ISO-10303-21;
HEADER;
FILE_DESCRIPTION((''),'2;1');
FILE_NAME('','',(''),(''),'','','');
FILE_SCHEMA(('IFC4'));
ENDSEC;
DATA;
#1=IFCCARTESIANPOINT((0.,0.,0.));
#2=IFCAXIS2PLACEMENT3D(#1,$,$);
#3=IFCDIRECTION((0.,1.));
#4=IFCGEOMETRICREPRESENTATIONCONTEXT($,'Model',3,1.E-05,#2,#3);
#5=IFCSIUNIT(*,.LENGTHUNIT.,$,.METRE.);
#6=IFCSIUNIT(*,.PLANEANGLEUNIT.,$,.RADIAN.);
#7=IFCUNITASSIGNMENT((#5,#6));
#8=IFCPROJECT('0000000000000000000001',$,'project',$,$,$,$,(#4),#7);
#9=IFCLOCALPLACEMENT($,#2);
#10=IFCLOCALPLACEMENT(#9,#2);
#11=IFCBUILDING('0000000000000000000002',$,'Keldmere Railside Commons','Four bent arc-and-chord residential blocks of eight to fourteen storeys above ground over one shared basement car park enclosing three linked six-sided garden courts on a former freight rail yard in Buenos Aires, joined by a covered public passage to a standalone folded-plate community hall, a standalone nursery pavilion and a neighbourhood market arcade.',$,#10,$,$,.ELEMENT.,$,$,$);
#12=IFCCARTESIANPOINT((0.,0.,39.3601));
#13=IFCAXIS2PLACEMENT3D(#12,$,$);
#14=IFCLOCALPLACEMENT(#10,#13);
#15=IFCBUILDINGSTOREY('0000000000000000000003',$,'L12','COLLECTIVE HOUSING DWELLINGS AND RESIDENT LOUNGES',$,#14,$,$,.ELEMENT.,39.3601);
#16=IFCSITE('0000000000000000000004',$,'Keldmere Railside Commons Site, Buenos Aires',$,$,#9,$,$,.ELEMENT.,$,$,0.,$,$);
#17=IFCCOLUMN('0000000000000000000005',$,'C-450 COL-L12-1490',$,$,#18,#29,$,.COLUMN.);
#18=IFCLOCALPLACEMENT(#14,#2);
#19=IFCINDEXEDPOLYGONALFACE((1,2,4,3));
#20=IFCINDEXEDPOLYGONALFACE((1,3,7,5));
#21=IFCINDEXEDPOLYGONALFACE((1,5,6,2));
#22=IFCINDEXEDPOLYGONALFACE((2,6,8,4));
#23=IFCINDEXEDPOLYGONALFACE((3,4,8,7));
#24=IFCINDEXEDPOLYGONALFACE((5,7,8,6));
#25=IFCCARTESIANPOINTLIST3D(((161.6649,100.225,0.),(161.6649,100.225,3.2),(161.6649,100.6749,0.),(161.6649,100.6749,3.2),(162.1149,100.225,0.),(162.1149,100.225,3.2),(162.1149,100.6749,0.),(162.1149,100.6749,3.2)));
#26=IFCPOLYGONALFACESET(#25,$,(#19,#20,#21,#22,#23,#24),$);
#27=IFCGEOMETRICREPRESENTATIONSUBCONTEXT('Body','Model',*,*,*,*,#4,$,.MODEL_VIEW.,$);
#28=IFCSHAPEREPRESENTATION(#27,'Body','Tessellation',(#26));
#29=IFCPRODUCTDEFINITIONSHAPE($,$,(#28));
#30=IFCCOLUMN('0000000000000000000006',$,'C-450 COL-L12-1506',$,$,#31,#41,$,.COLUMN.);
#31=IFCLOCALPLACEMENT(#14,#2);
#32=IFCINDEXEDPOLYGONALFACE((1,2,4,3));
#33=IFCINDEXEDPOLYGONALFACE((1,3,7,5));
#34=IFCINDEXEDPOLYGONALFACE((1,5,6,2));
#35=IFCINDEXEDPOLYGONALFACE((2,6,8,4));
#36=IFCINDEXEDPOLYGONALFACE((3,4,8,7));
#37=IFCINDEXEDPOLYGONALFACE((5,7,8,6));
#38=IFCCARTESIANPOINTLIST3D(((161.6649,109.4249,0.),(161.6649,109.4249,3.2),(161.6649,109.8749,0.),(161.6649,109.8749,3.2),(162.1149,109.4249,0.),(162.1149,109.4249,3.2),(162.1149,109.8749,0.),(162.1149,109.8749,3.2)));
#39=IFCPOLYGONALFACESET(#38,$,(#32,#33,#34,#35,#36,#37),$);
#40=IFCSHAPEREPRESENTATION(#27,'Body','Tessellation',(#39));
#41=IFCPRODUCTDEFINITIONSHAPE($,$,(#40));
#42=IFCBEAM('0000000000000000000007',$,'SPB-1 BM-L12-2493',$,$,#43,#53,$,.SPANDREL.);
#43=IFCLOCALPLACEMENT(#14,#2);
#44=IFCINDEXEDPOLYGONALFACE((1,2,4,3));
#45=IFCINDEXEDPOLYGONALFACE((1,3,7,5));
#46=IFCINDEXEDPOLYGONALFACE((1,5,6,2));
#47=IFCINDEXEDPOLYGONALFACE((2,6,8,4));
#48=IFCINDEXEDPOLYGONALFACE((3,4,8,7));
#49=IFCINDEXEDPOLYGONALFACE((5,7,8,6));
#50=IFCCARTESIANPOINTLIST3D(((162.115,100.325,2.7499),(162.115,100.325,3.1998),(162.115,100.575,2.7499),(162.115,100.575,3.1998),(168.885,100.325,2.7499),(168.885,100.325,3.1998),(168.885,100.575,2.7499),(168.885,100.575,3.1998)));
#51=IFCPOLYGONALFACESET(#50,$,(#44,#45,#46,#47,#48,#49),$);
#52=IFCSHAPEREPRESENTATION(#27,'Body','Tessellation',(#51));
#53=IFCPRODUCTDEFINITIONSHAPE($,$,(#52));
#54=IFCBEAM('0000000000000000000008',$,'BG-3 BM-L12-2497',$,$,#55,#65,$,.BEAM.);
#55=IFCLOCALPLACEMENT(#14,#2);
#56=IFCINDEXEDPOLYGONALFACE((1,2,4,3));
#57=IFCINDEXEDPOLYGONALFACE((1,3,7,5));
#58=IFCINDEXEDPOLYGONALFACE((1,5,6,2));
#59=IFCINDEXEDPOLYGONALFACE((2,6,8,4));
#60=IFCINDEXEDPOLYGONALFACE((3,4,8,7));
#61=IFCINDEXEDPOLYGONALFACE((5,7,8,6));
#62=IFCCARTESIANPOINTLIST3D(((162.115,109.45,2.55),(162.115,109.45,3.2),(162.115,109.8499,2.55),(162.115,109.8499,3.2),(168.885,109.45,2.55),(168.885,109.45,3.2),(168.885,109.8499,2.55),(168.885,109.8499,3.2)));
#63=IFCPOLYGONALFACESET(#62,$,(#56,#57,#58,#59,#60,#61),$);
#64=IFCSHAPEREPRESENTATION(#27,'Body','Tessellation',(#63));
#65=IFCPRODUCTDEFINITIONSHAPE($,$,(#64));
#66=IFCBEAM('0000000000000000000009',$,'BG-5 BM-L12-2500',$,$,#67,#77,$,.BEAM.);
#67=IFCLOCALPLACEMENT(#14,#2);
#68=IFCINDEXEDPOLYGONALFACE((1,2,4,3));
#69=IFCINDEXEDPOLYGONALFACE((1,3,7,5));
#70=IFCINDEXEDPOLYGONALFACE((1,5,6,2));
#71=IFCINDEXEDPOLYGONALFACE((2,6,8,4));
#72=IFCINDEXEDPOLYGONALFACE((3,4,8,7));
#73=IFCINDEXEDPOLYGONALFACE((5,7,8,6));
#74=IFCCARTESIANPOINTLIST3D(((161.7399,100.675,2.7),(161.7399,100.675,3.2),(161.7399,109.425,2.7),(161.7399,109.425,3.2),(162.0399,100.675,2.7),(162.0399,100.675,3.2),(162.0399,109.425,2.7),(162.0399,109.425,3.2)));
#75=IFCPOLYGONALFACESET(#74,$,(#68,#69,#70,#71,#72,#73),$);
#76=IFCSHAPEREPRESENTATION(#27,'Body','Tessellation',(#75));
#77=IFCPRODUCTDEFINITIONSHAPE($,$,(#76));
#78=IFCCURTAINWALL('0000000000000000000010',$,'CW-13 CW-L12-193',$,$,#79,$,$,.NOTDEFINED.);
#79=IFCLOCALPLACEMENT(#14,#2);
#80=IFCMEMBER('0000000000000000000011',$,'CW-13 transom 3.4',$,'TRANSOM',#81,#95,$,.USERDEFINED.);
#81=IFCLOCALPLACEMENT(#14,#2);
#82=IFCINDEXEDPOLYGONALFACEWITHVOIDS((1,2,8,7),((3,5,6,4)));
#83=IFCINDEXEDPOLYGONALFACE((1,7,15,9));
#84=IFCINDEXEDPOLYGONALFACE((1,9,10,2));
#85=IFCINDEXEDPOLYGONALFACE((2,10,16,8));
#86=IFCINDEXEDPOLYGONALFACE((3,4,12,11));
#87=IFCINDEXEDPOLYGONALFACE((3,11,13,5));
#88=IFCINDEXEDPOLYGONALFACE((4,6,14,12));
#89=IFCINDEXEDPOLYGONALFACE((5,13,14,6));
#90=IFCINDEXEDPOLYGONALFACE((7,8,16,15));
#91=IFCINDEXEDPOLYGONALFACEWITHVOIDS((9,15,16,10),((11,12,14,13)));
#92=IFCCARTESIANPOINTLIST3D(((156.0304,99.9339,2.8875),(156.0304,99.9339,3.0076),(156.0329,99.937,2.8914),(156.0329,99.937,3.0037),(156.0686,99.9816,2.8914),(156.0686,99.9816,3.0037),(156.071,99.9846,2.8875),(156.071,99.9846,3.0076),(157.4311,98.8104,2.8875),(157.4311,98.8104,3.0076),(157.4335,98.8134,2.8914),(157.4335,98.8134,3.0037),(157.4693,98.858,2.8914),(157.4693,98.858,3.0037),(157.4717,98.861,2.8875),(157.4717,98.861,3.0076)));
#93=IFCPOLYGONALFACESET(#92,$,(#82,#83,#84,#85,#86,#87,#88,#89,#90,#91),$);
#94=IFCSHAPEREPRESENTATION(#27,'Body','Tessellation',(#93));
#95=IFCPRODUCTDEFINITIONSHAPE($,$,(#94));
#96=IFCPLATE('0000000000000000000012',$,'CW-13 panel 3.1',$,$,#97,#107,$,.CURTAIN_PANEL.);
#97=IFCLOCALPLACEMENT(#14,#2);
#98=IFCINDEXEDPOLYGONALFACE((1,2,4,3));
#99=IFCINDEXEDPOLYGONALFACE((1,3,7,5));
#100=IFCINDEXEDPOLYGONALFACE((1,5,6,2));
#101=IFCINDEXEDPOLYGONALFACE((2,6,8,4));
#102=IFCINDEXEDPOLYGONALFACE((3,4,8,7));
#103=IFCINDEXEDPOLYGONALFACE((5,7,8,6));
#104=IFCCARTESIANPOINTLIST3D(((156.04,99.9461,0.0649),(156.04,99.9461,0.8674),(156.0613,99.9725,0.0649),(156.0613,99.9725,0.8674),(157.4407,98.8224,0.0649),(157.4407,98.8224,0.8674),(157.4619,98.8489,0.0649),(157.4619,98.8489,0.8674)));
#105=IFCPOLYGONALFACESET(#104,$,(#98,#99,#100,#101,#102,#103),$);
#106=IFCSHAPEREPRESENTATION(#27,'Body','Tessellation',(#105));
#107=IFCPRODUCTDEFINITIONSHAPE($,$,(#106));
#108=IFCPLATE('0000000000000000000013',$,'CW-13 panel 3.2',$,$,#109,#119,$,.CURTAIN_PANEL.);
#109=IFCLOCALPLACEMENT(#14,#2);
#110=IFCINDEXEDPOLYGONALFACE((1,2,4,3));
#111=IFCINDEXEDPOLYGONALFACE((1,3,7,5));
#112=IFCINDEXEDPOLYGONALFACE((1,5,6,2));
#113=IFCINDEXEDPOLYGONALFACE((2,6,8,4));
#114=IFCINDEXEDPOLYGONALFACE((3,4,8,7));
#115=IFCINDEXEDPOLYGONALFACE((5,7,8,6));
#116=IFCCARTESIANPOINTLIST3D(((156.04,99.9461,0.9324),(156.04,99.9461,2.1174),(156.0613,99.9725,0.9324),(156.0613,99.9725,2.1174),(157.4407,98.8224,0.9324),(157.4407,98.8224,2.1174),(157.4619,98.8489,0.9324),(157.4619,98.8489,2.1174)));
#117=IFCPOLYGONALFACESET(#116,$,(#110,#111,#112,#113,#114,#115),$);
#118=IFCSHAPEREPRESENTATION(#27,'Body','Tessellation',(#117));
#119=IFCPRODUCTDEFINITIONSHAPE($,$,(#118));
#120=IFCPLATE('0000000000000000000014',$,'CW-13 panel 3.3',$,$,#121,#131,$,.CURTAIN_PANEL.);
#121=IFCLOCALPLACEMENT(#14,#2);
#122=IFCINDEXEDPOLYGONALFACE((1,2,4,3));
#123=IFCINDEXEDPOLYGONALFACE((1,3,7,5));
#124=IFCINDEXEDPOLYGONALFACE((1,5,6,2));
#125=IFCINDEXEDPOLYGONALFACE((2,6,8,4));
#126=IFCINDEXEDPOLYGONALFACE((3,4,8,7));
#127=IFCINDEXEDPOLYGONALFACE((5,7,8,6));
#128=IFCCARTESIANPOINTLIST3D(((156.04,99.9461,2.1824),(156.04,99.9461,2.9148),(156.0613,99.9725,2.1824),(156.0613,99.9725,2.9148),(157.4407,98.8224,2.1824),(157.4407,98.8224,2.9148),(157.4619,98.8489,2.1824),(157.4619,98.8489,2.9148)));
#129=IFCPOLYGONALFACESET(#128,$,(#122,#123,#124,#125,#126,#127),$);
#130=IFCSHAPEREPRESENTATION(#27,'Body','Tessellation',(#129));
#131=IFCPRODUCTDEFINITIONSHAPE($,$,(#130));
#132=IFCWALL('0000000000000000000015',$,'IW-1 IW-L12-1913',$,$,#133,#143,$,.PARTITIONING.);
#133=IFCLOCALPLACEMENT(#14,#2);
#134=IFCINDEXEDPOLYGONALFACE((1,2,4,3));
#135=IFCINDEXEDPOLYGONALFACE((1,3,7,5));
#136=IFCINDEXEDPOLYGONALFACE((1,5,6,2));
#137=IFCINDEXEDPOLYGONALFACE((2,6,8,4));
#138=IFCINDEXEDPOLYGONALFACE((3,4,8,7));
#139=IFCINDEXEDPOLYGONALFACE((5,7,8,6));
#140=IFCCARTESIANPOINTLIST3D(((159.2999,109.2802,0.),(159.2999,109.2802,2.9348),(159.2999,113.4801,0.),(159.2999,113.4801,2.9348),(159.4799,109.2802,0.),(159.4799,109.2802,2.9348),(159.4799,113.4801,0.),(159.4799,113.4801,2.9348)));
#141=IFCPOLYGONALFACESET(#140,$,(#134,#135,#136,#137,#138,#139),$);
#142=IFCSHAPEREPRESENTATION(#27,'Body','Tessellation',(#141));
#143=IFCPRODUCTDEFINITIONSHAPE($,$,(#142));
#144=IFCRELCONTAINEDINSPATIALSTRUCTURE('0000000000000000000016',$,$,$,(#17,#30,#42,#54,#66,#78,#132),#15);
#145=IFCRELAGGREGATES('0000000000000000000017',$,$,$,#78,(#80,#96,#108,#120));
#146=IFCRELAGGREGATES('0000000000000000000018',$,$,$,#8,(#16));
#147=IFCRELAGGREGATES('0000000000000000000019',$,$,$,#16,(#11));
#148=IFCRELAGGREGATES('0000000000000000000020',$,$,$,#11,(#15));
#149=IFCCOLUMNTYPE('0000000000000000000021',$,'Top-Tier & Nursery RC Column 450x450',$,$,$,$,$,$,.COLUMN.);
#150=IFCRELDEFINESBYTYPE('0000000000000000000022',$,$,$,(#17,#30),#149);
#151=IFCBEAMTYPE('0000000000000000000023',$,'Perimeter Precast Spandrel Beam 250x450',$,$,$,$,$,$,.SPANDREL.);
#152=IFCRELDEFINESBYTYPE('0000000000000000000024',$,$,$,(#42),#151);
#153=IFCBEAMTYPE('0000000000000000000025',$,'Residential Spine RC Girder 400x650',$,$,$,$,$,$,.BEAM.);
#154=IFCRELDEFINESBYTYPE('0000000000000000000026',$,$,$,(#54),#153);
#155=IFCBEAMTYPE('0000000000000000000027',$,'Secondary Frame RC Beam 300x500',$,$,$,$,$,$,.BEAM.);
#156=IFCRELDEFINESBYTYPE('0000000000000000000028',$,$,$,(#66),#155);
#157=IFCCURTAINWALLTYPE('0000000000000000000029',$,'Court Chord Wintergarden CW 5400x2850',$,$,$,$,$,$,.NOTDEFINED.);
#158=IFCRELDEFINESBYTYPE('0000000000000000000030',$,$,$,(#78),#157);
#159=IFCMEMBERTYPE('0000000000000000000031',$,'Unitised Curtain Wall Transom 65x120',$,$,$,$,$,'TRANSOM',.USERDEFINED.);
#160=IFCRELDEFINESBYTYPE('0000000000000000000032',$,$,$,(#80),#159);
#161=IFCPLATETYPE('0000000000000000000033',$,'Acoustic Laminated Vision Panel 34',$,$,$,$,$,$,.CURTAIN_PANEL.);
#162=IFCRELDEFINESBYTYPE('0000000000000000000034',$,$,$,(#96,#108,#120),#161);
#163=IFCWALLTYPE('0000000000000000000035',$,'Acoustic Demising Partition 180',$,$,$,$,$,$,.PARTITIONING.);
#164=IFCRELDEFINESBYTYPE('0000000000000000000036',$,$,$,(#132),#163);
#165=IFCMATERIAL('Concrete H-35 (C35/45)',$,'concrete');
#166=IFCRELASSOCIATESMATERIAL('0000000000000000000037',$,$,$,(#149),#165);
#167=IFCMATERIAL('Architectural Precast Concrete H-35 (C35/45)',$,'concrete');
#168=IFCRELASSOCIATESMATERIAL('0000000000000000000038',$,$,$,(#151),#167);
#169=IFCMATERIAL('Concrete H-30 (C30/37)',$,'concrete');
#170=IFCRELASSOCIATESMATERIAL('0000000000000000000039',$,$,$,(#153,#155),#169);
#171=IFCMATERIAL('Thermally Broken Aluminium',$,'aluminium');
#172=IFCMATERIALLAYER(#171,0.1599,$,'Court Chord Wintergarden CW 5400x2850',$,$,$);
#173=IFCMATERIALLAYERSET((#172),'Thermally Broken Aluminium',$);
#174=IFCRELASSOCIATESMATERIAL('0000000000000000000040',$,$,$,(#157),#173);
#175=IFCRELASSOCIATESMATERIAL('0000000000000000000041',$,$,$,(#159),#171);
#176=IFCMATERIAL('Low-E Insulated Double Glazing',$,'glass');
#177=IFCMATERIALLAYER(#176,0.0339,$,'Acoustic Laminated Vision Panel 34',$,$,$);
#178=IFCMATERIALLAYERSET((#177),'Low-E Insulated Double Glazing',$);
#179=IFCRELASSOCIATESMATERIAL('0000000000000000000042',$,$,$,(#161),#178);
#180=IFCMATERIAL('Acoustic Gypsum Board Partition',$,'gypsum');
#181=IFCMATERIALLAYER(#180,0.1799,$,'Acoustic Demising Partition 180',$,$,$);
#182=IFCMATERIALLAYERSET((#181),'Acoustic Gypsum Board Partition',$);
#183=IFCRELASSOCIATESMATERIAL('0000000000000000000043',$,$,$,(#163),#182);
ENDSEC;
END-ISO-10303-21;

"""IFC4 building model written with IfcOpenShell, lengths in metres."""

from ifc_helpers import new_model, si_unit, direction, frame, frame_2d, origin, origin_2d, place, context, subcontext, project, spatial, rectangle, hollow_rectangle, extrude, material, layer, layer_set, material_profile, profile_set, type_object, element, aggregate, save


model = new_model("IFC4")

# Units and contexts
model_context = context("Model", 3, precision=1e-05, world=origin(), true_north=direction((0.0, 1.0)))
body_context = subcontext(model_context, "Body", "Model", "MODEL_VIEW")
ifc_project = project(units=[si_unit("LENGTHUNIT", "METRE"), si_unit("PLANEANGLEUNIT", "RADIAN")], contexts=[model_context])

# Site, building, storey
site_placement = place(None, origin())
site = spatial("IfcSite", under=ifc_project, at=site_placement, Name="Keldmere Railside Commons Site, Buenos Aires", CompositionType="ELEMENT", RefElevation=0.0)
building_placement = place(site_placement, origin())
building = spatial("IfcBuilding", under=site, at=building_placement, Name="Keldmere Railside Commons", Description="Four bent arc-and-chord residential blocks of eight to fourteen storeys above ground over one shared basement car park enclosing three linked six-sided garden courts on a former freight rail yard in Buenos Aires, joined by a covered public passage to a standalone folded-plate community hall, a standalone nursery pavilion and a neighbourhood market arcade.", CompositionType="ELEMENT")
storey_placement = place(building_placement, frame((0.0, 0.0, 39.3601)))
storey = spatial("IfcBuildingStorey", under=building, at=storey_placement, Name="L12", Description="COLLECTIVE HOUSING DWELLINGS AND RESIDENT LOUNGES", CompositionType="ELEMENT", Elevation=39.3601)

# Columns
ifc_material_1 = material(Name="Concrete H-35 (C35/45)", Category="concrete")
ifc_material_profile_1 = material_profile(ifc_material_1, rectangle(XDim=0.45, YDim=0.45, at=origin_2d()), Name="RC-450x450")
ifc_profile_set_1 = profile_set([ifc_material_profile_1], Name="Concrete H-35 (C35/45)")
column_type = type_object("IfcColumnType", Name="Top-Tier & Nursery RC Column 450x450", PredefinedType="COLUMN", material=ifc_profile_set_1)
for number, where, z_axis, x_axis, name in (
    (1, (161.8899, 100.45, 0.0), (0.0, 0.0, 1.0), (1.0, 0.0, 0.0), "C-450 COL-L12-1490"),
    (2, (161.8899, 109.6499, 0.0), (0.0, 0.0, 1.0), (1.0, 0.0, 0.0), "C-450 COL-L12-1506"),
):
    element("IfcColumn", number, at=place(storey_placement, frame(where, z_axis=z_axis, x_axis=x_axis)), inside=storey, type_object=column_type, Name=name, PredefinedType="COLUMN", context=body_context, shape_type="SweptSolid", body=[
        extrude(rectangle(XDim=0.45, YDim=0.45, at=origin_2d()), origin(), (0.0, 0.0, 1.0), 3.2),
    ])

# Beams
ifc_material_2 = material(Name="Architectural Precast Concrete H-35 (C35/45)", Category="concrete")
ifc_material_profile_2 = material_profile(ifc_material_2, rectangle(XDim=0.25, YDim=0.45, at=origin_2d()), Name="RC-250x450")
ifc_profile_set_2 = profile_set([ifc_material_profile_2], Name="Architectural Precast Concrete H-35 (C35/45)")
beam_type_1 = type_object("IfcBeamType", Name="Perimeter Precast Spandrel Beam 250x450", PredefinedType="SPANDREL", material=ifc_profile_set_2)
beam_1_placement = place(storey_placement, frame((162.115, 100.45, 2.9749), z_axis=(1.0, 0.0, 0.0), x_axis=(0.0, 1.0, 0.0)))
element("IfcBeam", 3, at=beam_1_placement, inside=storey, type_object=beam_type_1, Name="SPB-1 BM-L12-2493", PredefinedType="SPANDREL", context=body_context, shape_type="SweptSolid", body=[
    extrude(rectangle(XDim=0.25, YDim=0.45, at=origin_2d()), origin(), (0.0, 0.0, 1.0), 6.77),
])
ifc_material_3 = material(Name="Concrete H-30 (C30/37)", Category="concrete")
ifc_material_profile_3 = material_profile(ifc_material_3, rectangle(XDim=0.3999, YDim=0.6499, at=origin_2d()), Name="RC-400x650")
ifc_profile_set_3 = profile_set([ifc_material_profile_3], Name="Concrete H-30 (C30/37)")
beam_type_2 = type_object("IfcBeamType", Name="Residential Spine RC Girder 400x650", PredefinedType="BEAM", material=ifc_profile_set_3)
beam_2_placement = place(storey_placement, frame((162.115, 109.6499, 2.875), z_axis=(1.0, 0.0, 0.0), x_axis=(0.0, 1.0, 0.0)))
element("IfcBeam", 4, at=beam_2_placement, inside=storey, type_object=beam_type_2, Name="BG-3 BM-L12-2497", PredefinedType="BEAM", context=body_context, shape_type="SweptSolid", body=[
    extrude(rectangle(XDim=0.3999, YDim=0.6499, at=origin_2d()), origin(), (0.0, 0.0, 1.0), 6.77),
])
ifc_material_profile_4 = material_profile(ifc_material_3, rectangle(XDim=0.3, YDim=0.5, at=origin_2d()), Name="RC-300x500")
ifc_profile_set_4 = profile_set([ifc_material_profile_4], Name="Concrete H-30 (C30/37)")
beam_type_3 = type_object("IfcBeamType", Name="Secondary Frame RC Beam 300x500", PredefinedType="BEAM", material=ifc_profile_set_4)
beam_3_placement = place(storey_placement, frame((161.8899, 100.675, 2.95), z_axis=(0.0, 1.0, 0.0), x_axis=(-1.0, 0.0, 0.0)))
element("IfcBeam", 5, at=beam_3_placement, inside=storey, type_object=beam_type_3, Name="BG-5 BM-L12-2500", PredefinedType="BEAM", context=body_context, shape_type="SweptSolid", body=[
    extrude(rectangle(XDim=0.3, YDim=0.5, at=origin_2d()), origin(), (0.0, 0.0, 1.0), 8.75),
])

# Curtain wall, member, plates
ifc_material_4 = material(Name="Thermally Broken Aluminium", Category="aluminium")
ifc_layer_1 = layer(ifc_material_4, 0.1599, Name="Court Chord Wintergarden CW 5400x2850")
ifc_layer_set_1 = layer_set([ifc_layer_1], Name="Thermally Broken Aluminium")
curtain_wall_type = type_object("IfcCurtainWallType", Name="Court Chord Wintergarden CW 5400x2850", PredefinedType="NOTDEFINED", material=ifc_layer_set_1)
curtain_wall_placement = place(storey_placement, origin())
curtain_wall = element("IfcCurtainWall", 6, at=curtain_wall_placement, inside=storey, type_object=curtain_wall_type, Name="CW-13 CW-L12-193", PredefinedType="NOTDEFINED")
ifc_material_profile_5 = material_profile(ifc_material_4, hollow_rectangle(XDim=0.0649, YDim=0.1201, WallThickness=0.0039, at=origin_2d()), Name="ALU-TRAN-65x120")
ifc_profile_set_5 = profile_set([ifc_material_profile_5], Name="Thermally Broken Aluminium")
member_type = type_object("IfcMemberType", Name="Unitised Curtain Wall Transom 65x120", ElementType="TRANSOM", PredefinedType="USERDEFINED", material=ifc_profile_set_5)
member_placement = place(storey_placement, frame((157.4514, 98.8357, 2.9475), z_axis=(-0.780046, 0.625723, 0.0), x_axis=(-0.625723, -0.780046, 0.0)))
member = element("IfcMember", 7, at=member_placement, type_object=member_type, Name="CW-13 transom 3.4", ObjectType="TRANSOM", PredefinedType="USERDEFINED", context=body_context, shape_type="SweptSolid", body=[
    extrude(hollow_rectangle(XDim=0.0649, YDim=0.1201, WallThickness=0.0039, at=origin_2d()), origin(), (0.0, 0.0, 1.0), 1.7957),
])
ifc_material_5 = material(Name="Low-E Insulated Double Glazing", Category="glass")
ifc_layer_2 = layer(ifc_material_5, 0.0339, Name="Acoustic Laminated Vision Panel 34")
ifc_layer_set_2 = layer_set([ifc_layer_2], Name="Low-E Insulated Double Glazing")
plate_type = type_object("IfcPlateType", Name="Acoustic Laminated Vision Panel 34", PredefinedType="CURTAIN_PANEL", material=ifc_layer_set_2)
plate_1_placement = place(storey_placement, frame((156.751, 99.3975, 0.0649), z_axis=(0.0, 0.0, 1.0), x_axis=(-0.780009, 0.625768, 0.0)))
plate_1 = element("IfcPlate", 8, at=plate_1_placement, type_object=plate_type, Name="CW-13 panel 3.1", PredefinedType="CURTAIN_PANEL", context=body_context, shape_type="SweptSolid", body=[
    extrude(rectangle(XDim=1.7957, YDim=0.0339, at=origin_2d()), origin(), (0.0, 0.0, 1.0), 0.8025),
])
plate_2_placement = place(storey_placement, frame((156.751, 99.3975, 0.9324), z_axis=(0.0, 0.0, 1.0), x_axis=(-0.780009, 0.625768, 0.0)))
plate_2 = element("IfcPlate", 9, at=plate_2_placement, type_object=plate_type, Name="CW-13 panel 3.2", PredefinedType="CURTAIN_PANEL", context=body_context, shape_type="SweptSolid", body=[
    extrude(rectangle(XDim=1.7957, YDim=0.0339, at=origin_2d()), origin(), (0.0, 0.0, 1.0), 1.1851),
])
plate_3_placement = place(storey_placement, frame((156.751, 99.3975, 2.1824), z_axis=(0.0, 0.0, 1.0), x_axis=(-0.780009, 0.625768, 0.0)))
plate_3 = element("IfcPlate", 10, at=plate_3_placement, type_object=plate_type, Name="CW-13 panel 3.3", PredefinedType="CURTAIN_PANEL", context=body_context, shape_type="SweptSolid", body=[
    extrude(rectangle(XDim=1.7957, YDim=0.0339, at=origin_2d()), origin(), (0.0, 0.0, 1.0), 0.7324),
])
aggregate(curtain_wall, [member, plate_1, plate_2, plate_3])

# Wall
ifc_material_6 = material(Name="Acoustic Gypsum Board Partition", Category="gypsum")
ifc_layer_3 = layer(ifc_material_6, 0.1799, Name="Acoustic Demising Partition 180")
ifc_layer_set_3 = layer_set([ifc_layer_3], Name="Acoustic Gypsum Board Partition")
wall_type_1 = type_object("IfcWallType", Name="Acoustic Demising Partition 180", PredefinedType="PARTITIONING", material=ifc_layer_set_3)
wall_1_placement = place(storey_placement, frame((159.3899, 109.28, 0.0), z_axis=(0.0, 0.0, 1.0), x_axis=(0.0, 1.0, 0.0)))
element("IfcWall", 11, at=wall_1_placement, inside=storey, type_object=wall_type_1, Name="IW-1 IW-L12-1913", PredefinedType="PARTITIONING", context=body_context, shape_type="SweptSolid", body=[
    extrude(rectangle(XDim=4.2, YDim=0.1799, at=frame_2d((2.1001, 0.0))), origin(), (0.0, 0.0, 1.0), 2.9348),
])

save(model, "model.ifc")
